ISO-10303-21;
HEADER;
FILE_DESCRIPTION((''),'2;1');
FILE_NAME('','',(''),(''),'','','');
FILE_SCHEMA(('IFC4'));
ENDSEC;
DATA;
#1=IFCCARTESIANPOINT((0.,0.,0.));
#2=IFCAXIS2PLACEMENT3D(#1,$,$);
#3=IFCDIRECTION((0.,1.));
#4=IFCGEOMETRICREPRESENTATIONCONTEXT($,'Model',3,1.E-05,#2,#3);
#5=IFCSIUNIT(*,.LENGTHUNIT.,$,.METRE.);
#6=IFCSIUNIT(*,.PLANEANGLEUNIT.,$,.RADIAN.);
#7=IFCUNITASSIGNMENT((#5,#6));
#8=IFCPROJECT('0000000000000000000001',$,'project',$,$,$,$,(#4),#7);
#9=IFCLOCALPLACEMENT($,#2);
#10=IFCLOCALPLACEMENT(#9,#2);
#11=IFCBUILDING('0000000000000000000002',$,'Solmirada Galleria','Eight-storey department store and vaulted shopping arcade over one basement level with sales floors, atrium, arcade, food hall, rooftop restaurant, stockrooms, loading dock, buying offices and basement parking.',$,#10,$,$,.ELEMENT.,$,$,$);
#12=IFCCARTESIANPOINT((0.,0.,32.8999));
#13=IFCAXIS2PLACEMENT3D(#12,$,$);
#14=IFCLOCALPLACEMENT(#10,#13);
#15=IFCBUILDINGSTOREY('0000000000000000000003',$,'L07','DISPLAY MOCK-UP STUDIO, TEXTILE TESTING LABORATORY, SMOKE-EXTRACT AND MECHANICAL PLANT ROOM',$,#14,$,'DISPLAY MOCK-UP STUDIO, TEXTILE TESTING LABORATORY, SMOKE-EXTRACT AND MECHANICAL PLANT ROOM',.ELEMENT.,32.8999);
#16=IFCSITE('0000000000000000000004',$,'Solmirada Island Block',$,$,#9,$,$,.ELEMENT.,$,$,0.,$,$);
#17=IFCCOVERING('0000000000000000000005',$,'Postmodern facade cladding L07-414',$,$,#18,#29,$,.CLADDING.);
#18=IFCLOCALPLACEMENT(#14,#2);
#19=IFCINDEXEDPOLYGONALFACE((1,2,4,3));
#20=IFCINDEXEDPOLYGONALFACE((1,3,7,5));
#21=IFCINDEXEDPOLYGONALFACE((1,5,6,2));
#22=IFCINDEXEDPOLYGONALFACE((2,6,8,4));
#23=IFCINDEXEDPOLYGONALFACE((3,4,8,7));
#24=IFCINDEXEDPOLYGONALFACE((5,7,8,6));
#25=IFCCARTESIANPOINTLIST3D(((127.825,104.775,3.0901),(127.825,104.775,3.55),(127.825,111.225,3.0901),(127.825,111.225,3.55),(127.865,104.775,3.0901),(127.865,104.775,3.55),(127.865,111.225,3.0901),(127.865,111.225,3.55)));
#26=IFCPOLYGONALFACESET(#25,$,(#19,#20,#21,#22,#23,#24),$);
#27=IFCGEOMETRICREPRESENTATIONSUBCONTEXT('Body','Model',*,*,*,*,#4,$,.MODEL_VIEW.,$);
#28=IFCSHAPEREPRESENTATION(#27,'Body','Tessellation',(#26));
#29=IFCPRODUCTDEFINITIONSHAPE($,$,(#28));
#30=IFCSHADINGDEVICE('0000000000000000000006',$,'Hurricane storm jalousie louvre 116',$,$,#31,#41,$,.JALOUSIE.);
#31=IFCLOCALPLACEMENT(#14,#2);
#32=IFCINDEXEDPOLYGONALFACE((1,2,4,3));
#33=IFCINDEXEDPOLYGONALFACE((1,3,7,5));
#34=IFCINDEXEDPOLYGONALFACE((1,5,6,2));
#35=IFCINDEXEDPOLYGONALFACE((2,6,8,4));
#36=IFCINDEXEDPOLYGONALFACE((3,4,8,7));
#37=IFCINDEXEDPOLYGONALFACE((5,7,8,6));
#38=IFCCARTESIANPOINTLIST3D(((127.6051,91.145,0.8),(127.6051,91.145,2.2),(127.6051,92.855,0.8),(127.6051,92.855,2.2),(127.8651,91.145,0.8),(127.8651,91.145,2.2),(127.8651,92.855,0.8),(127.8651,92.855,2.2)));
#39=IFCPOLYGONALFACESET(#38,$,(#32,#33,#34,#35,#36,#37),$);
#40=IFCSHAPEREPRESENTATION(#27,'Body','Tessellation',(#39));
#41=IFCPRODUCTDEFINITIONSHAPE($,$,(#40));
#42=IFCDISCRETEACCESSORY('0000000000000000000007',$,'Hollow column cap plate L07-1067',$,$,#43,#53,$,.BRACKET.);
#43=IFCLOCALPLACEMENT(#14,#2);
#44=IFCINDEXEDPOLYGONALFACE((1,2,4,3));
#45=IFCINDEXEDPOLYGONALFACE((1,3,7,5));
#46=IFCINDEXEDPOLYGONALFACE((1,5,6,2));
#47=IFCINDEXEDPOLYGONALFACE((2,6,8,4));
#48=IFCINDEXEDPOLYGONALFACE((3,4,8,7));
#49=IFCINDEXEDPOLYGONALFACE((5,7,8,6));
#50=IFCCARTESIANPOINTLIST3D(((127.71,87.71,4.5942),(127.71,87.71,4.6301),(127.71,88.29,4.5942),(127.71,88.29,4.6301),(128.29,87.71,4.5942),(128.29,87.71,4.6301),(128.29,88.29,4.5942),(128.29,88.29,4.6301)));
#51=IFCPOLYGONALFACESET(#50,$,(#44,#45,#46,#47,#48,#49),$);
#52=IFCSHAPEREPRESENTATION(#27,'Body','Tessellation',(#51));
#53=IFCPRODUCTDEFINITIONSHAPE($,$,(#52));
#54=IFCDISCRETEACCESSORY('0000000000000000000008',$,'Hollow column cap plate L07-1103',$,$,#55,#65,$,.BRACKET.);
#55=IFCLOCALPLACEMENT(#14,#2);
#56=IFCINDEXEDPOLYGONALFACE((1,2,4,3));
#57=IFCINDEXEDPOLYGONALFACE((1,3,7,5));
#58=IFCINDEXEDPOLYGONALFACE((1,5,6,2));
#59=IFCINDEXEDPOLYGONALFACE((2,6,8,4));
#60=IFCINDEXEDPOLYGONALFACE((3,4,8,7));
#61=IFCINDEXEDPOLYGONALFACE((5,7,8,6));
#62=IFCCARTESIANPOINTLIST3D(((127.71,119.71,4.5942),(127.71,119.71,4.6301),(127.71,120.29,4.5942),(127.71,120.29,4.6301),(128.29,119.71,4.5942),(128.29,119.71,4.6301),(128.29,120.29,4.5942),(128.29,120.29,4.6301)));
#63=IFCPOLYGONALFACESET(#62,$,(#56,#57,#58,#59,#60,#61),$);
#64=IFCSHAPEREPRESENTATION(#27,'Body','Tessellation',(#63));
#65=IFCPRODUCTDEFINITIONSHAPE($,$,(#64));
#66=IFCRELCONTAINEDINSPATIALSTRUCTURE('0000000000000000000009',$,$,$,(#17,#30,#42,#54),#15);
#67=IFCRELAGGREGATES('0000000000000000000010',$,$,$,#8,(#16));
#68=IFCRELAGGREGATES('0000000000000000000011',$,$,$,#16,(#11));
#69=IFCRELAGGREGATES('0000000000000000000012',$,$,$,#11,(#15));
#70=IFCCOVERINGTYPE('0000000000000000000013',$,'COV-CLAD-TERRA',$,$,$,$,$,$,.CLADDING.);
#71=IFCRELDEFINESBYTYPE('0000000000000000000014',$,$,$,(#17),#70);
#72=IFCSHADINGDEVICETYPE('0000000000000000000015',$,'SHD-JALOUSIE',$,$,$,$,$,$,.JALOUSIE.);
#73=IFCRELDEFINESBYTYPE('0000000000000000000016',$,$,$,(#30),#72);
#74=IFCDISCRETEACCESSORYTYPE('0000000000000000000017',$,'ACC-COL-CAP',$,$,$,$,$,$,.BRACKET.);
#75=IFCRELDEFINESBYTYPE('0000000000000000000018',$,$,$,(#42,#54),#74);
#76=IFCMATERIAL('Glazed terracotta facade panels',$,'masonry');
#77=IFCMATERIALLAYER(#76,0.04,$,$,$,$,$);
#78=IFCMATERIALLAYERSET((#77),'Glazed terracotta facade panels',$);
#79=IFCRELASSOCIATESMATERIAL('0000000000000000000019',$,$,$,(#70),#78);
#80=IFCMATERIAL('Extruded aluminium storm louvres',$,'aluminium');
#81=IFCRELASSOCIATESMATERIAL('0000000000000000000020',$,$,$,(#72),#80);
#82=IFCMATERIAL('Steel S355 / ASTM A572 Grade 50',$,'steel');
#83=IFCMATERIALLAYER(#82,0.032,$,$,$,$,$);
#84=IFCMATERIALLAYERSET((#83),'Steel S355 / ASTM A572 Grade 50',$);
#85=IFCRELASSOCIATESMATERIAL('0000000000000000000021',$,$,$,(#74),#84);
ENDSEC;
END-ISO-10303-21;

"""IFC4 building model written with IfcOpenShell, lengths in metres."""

from ifc_helpers import new_model, si_unit, direction, frame, origin, origin_2d, place, context, subcontext, project, spatial, rectangle, extrude, material, layer, layer_set, type_object, element, save


model = new_model("IFC4")

# Units and contexts
model_context = context("Model", 3, precision=1e-05, world=origin(), true_north=direction((0.0, 1.0)))
body_context = subcontext(model_context, "Body", "Model", "MODEL_VIEW")
ifc_project = project(units=[si_unit("LENGTHUNIT", "METRE"), si_unit("PLANEANGLEUNIT", "RADIAN")], contexts=[model_context])

# Site, building, storey
site_placement = place(None, origin())
site = spatial("IfcSite", under=ifc_project, at=site_placement, Name="Solmirada Island Block", CompositionType="ELEMENT", RefElevation=0.0)
building_placement = place(site_placement, origin())
building = spatial("IfcBuilding", under=site, at=building_placement, Name="Solmirada Galleria", Description="Eight-storey department store and vaulted shopping arcade over one basement level with sales floors, atrium, arcade, food hall, rooftop restaurant, stockrooms, loading dock, buying offices and basement parking.", CompositionType="ELEMENT")
storey_placement = place(building_placement, frame((0.0, 0.0, 32.8999)))
storey = spatial("IfcBuildingStorey", under=building, at=storey_placement, Name="L07", Description="DISPLAY MOCK-UP STUDIO, TEXTILE TESTING LABORATORY, SMOKE-EXTRACT AND MECHANICAL PLANT ROOM", LongName="DISPLAY MOCK-UP STUDIO, TEXTILE TESTING LABORATORY, SMOKE-EXTRACT AND MECHANICAL PLANT ROOM", CompositionType="ELEMENT", Elevation=32.8999)

# Covering
ifc_material_1 = material(Name="Glazed terracotta facade panels", Category="masonry")
ifc_layer_1 = layer(ifc_material_1, 0.04)
ifc_layer_set_1 = layer_set([ifc_layer_1], Name="Glazed terracotta facade panels")
covering_type_1 = type_object("IfcCoveringType", Name="COV-CLAD-TERRA", PredefinedType="CLADDING", material=ifc_layer_set_1)
covering_1_placement = place(storey_placement, frame((127.845, 108.0, 3.0901), z_axis=(0.0, 0.0, 1.0), x_axis=(0.0, 1.0, 0.0)))
element("IfcCovering", 1, at=covering_1_placement, inside=storey, type_object=covering_type_1, Name="Postmodern facade cladding L07-414", PredefinedType="CLADDING", context=body_context, shape_type="SweptSolid", body=[
    extrude(rectangle(XDim=6.45, YDim=0.04, at=origin_2d()), origin(), (0.0, 0.0, 1.0), 0.46),
])

# Shading device
ifc_material_2 = material(Name="Extruded aluminium storm louvres", Category="aluminium")
shading_device_type = type_object("IfcShadingDeviceType", Name="SHD-JALOUSIE", PredefinedType="JALOUSIE", material=ifc_material_2)
shading_device_placement = place(storey_placement, frame((127.7351, 92.0, 0.8), z_axis=(0.0, 0.0, 1.0), x_axis=(0.0, 1.0, 0.0)))
element("IfcShadingDevice", 2, at=shading_device_placement, inside=storey, type_object=shading_device_type, Name="Hurricane storm jalousie louvre 116", PredefinedType="JALOUSIE", context=body_context, shape_type="SweptSolid", body=[
    extrude(rectangle(XDim=1.71, YDim=0.26, at=origin_2d()), origin(), (0.0, 0.0, 1.0), 1.3999),
])

# Discrete accessories
ifc_material_3 = material(Name="Steel S355 / ASTM A572 Grade 50", Category="steel")
ifc_layer_2 = layer(ifc_material_3, 0.032)
ifc_layer_set_2 = layer_set([ifc_layer_2], Name="Steel S355 / ASTM A572 Grade 50")
discrete_accessory_type = type_object("IfcDiscreteAccessoryType", Name="ACC-COL-CAP", PredefinedType="BRACKET", material=ifc_layer_set_2)
for number, where, z_axis, x_axis, name in (
    (3, (128.0, 88.0, 4.5942), (0.0, 0.0, 1.0), (1.0, 0.0, 0.0), "Hollow column cap plate L07-1067"),
    (4, (128.0, 120.0, 4.5942), (0.0, 0.0, 1.0), (1.0, 0.0, 0.0), "Hollow column cap plate L07-1103"),
):
    element("IfcDiscreteAccessory", number, at=place(storey_placement, frame(where, z_axis=z_axis, x_axis=x_axis)), inside=storey, type_object=discrete_accessory_type, Name=name, PredefinedType="BRACKET", context=body_context, shape_type="SweptSolid", body=[
        extrude(rectangle(XDim=0.5801, YDim=0.5801, at=origin_2d()), origin(), (0.0, 0.0, 1.0), 0.0359),
    ])

save(model, "model.ifc")
